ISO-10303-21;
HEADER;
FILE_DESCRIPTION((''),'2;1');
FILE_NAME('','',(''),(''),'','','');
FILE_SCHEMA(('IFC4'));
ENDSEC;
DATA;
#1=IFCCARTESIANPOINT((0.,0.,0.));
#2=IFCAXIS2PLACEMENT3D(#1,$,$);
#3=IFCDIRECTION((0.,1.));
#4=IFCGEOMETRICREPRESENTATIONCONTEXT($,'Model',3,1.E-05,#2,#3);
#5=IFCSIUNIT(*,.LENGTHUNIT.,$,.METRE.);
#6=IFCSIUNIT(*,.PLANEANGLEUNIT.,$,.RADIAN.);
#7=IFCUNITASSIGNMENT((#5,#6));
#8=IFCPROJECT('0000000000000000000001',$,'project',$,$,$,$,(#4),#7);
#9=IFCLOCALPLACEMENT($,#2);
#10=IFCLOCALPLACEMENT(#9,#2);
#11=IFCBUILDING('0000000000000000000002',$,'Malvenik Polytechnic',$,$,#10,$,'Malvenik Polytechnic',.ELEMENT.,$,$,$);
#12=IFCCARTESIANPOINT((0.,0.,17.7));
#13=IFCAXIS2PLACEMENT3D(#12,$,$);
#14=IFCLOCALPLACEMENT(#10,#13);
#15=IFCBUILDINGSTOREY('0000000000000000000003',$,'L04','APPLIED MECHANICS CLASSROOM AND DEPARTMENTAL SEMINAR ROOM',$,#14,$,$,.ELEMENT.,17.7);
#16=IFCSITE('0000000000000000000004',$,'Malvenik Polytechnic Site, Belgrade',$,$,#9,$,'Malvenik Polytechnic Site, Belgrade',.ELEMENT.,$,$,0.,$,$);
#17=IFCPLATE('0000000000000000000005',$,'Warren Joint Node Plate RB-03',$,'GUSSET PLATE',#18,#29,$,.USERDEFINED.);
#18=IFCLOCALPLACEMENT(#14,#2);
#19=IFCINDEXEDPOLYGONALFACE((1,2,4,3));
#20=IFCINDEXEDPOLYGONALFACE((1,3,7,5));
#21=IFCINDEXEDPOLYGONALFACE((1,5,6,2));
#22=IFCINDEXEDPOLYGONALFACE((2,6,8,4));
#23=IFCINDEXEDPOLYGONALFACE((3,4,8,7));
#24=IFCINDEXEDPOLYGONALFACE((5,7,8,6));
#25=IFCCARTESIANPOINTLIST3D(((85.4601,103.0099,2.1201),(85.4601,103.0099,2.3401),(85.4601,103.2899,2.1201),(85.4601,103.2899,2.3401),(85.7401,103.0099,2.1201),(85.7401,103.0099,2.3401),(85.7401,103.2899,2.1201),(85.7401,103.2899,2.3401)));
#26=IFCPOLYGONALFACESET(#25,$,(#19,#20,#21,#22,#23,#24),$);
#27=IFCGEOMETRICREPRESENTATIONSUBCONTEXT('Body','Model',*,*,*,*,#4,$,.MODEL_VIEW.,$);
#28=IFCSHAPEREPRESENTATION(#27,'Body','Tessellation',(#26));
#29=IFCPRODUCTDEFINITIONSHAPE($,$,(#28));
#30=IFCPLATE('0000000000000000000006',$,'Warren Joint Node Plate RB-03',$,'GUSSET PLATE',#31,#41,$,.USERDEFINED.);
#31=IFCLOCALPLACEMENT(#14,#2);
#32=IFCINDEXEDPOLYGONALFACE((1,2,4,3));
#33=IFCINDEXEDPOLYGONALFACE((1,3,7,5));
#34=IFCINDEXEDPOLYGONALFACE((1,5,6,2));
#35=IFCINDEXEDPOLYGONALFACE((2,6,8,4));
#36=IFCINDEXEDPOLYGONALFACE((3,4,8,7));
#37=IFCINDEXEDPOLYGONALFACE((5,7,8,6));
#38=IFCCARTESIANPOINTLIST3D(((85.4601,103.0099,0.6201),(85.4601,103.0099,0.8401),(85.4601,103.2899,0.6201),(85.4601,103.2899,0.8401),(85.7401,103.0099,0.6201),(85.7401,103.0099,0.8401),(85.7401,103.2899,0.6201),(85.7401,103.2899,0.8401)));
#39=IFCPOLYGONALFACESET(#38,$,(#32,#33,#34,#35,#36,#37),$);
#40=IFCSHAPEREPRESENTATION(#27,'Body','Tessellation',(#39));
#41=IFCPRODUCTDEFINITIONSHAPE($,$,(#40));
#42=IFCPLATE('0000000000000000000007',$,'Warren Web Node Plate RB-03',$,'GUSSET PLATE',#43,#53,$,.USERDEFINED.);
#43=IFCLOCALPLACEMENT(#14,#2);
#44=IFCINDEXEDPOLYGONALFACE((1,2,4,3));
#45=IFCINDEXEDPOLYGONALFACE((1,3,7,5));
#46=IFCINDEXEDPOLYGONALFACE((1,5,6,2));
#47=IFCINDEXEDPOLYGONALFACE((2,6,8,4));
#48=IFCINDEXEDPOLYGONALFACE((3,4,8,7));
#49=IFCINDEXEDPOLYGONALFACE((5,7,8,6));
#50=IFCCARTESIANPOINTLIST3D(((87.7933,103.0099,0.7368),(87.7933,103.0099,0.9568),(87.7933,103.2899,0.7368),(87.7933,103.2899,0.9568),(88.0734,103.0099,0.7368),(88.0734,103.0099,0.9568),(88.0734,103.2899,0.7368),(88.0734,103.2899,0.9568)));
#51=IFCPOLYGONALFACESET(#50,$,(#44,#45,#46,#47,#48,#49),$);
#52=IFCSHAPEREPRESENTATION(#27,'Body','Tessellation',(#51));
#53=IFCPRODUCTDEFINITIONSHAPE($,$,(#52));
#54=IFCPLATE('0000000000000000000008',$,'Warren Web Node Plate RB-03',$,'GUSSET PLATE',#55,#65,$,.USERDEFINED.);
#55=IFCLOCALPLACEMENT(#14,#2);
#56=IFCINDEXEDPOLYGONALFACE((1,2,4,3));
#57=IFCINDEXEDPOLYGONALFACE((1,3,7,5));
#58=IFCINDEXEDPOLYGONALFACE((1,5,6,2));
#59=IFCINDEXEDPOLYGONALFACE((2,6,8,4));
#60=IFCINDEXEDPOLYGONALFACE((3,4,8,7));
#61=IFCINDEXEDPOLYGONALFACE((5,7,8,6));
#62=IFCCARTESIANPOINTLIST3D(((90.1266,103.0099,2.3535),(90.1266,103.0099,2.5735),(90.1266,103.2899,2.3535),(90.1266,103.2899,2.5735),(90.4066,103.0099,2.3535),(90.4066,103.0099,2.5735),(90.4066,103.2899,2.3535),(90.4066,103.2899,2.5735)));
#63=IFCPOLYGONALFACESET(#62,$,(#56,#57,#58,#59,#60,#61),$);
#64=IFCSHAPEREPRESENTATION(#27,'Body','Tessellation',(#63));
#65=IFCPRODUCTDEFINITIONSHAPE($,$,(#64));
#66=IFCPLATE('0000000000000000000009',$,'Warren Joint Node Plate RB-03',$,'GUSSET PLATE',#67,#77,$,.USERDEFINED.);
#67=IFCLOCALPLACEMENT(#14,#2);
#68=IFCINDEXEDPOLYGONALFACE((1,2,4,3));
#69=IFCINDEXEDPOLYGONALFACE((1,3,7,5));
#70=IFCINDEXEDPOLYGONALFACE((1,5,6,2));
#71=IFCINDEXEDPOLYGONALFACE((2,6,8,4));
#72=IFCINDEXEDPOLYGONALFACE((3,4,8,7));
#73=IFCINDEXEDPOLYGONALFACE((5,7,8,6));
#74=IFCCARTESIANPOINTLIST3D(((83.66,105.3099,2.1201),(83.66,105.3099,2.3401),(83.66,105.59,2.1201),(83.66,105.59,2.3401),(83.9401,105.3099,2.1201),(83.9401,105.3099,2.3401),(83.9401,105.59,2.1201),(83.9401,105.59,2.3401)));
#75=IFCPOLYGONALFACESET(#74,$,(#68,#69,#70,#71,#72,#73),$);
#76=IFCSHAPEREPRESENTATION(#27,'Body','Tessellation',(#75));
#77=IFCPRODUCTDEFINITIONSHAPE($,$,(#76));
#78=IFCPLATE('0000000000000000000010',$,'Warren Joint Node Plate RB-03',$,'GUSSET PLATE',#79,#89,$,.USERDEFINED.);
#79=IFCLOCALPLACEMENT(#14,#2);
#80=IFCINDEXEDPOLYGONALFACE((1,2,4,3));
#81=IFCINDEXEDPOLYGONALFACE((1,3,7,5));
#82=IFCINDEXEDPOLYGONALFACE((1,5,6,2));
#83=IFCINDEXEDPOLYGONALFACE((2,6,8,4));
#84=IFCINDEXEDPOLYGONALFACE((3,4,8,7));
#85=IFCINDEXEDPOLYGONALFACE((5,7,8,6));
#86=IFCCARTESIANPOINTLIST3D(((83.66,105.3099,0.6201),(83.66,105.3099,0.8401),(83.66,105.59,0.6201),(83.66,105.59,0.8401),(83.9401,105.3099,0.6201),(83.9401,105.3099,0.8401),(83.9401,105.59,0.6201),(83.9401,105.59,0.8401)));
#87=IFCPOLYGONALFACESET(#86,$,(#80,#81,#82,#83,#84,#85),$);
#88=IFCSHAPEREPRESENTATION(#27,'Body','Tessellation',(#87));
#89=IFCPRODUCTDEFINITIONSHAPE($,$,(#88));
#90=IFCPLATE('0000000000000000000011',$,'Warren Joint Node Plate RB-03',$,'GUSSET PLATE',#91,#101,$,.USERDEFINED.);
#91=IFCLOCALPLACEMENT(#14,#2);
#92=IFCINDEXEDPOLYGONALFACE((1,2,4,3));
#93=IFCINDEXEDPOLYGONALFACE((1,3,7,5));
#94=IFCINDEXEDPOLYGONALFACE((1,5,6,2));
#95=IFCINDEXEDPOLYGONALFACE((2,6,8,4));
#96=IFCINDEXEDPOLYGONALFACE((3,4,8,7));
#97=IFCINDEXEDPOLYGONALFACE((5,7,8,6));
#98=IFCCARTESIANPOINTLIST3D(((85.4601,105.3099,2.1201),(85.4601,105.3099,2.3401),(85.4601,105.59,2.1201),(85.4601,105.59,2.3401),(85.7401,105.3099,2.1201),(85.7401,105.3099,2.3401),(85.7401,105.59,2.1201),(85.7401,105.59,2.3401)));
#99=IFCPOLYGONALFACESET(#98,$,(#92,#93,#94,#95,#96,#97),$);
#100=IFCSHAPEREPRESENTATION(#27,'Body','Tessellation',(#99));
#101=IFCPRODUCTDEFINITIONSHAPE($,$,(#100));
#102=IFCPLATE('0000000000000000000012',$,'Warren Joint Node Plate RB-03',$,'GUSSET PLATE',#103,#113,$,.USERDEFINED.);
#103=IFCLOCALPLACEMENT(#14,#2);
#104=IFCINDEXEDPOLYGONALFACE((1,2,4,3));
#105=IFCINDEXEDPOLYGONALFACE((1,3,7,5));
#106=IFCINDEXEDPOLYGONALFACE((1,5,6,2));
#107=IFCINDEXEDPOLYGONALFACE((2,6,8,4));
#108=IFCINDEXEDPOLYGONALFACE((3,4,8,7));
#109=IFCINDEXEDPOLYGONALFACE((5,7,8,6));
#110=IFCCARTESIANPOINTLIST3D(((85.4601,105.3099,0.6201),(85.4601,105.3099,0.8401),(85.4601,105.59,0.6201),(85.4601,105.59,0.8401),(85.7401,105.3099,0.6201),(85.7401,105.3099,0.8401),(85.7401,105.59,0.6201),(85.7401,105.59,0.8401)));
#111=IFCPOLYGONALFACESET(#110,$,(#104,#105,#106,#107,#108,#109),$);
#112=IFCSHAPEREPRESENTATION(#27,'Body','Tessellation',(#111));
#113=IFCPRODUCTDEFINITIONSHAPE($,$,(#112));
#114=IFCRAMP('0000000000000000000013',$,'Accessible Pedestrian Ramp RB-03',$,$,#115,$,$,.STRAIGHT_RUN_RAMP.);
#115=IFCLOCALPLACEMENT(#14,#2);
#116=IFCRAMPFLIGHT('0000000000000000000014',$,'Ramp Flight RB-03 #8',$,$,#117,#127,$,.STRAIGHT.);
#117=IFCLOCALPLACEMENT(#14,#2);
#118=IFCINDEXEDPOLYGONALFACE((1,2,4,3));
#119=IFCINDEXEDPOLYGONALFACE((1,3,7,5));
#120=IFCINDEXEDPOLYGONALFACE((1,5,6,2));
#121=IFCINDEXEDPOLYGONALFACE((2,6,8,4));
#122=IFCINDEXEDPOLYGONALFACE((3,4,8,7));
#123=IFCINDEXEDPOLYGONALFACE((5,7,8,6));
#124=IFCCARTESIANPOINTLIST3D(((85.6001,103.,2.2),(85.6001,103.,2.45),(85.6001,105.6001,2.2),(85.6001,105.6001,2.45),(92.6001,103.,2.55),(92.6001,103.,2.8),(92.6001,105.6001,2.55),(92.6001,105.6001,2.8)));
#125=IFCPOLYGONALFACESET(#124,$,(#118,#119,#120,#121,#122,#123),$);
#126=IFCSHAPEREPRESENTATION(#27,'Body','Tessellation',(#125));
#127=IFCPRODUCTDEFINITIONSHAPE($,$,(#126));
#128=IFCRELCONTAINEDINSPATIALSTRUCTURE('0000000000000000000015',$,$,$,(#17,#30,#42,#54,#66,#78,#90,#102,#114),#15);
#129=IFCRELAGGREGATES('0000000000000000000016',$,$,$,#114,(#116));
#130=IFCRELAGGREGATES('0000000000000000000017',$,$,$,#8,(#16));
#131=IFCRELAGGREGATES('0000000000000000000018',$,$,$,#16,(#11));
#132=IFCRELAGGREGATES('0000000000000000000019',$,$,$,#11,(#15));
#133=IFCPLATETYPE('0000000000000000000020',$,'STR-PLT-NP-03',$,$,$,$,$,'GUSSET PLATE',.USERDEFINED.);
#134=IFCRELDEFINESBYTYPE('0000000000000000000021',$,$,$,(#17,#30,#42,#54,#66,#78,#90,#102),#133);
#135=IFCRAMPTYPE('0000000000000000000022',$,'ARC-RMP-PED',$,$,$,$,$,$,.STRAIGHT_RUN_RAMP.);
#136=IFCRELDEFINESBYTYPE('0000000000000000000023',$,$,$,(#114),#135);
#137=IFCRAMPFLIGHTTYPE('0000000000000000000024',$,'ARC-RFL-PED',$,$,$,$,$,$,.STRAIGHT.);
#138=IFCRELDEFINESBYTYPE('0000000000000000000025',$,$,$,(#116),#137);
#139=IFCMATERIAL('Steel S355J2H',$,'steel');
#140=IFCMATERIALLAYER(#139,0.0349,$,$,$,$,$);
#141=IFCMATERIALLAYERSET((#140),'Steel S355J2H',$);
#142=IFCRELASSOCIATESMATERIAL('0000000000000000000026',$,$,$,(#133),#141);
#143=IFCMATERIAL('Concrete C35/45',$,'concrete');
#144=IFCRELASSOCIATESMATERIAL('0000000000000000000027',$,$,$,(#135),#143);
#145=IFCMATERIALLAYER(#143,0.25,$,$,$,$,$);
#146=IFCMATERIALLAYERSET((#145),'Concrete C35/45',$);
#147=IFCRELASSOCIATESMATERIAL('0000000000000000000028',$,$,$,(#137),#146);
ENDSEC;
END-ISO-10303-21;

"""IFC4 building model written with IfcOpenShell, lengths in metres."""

from ifc_helpers import new_model, si_unit, direction, frame, origin, origin_2d, place, context, subcontext, project, spatial, polyline, rectangle, outline, extrude, material, layer, layer_set, type_object, element, aggregate, save


model = new_model("IFC4")

# Units and contexts
model_context = context("Model", 3, precision=1e-05, world=origin(), true_north=direction((0.0, 1.0)))
body_context = subcontext(model_context, "Body", "Model", "MODEL_VIEW")
ifc_project = project(units=[si_unit("LENGTHUNIT", "METRE"), si_unit("PLANEANGLEUNIT", "RADIAN")], contexts=[model_context])

# Site, building, storey
site_placement = place(None, origin())
site = spatial("IfcSite", under=ifc_project, at=site_placement, Name="Malvenik Polytechnic Site, Belgrade", LongName="Malvenik Polytechnic Site, Belgrade", CompositionType="ELEMENT", RefElevation=0.0)
building_placement = place(site_placement, origin())
building = spatial("IfcBuilding", under=site, at=building_placement, Name="Malvenik Polytechnic", LongName="Malvenik Polytechnic", CompositionType="ELEMENT")
storey_placement = place(building_placement, frame((0.0, 0.0, 17.7)))
storey = spatial("IfcBuildingStorey", under=building, at=storey_placement, Name="L04", Description="APPLIED MECHANICS CLASSROOM AND DEPARTMENTAL SEMINAR ROOM", CompositionType="ELEMENT", Elevation=17.7)

# Shared definitions
ifc_material_1 = material(Name="Steel S355J2H", Category="steel")

# Plates
ifc_layer_1 = layer(ifc_material_1, 0.0349)
ifc_layer_set_1 = layer_set([ifc_layer_1], Name="Steel S355J2H")
plate_type = type_object("IfcPlateType", Name="STR-PLT-NP-03", ElementType="GUSSET PLATE", PredefinedType="USERDEFINED", material=ifc_layer_set_1)
for number, where, z_axis, x_axis, name in (
    (1, (85.6001, 103.1499, 2.1201), (0.0, 0.0, 1.0), (1.0, 0.0, 0.0), "Warren Joint Node Plate RB-03"),
    (2, (85.6001, 103.1499, 0.6201), (0.0, 0.0, 1.0), (1.0, 0.0, 0.0), "Warren Joint Node Plate RB-03"),
    (3, (87.9333, 103.1499, 0.7368), (0.0, 0.0, 1.0), (1.0, 0.0, 0.0), "Warren Web Node Plate RB-03"),
    (4, (90.2666, 103.1499, 2.3535), (0.0, 0.0, 1.0), (1.0, 0.0, 0.0), "Warren Web Node Plate RB-03"),
    (5, (83.8, 105.45, 2.1201), (0.0, 0.0, 1.0), (1.0, 0.0, 0.0), "Warren Joint Node Plate RB-03"),
    (6, (83.8, 105.45, 0.6201), (0.0, 0.0, 1.0), (1.0, 0.0, 0.0), "Warren Joint Node Plate RB-03"),
    (7, (85.6001, 105.45, 2.1201), (0.0, 0.0, 1.0), (1.0, 0.0, 0.0), "Warren Joint Node Plate RB-03"),
    (8, (85.6001, 105.45, 0.6201), (0.0, 0.0, 1.0), (1.0, 0.0, 0.0), "Warren Joint Node Plate RB-03"),
):
    element("IfcPlate", number, at=place(storey_placement, frame(where, z_axis=z_axis, x_axis=x_axis)), inside=storey, type_object=plate_type, Name=name, ObjectType="GUSSET PLATE", PredefinedType="USERDEFINED", context=body_context, shape_type="SweptSolid", body=[
        extrude(rectangle(XDim=0.28, YDim=0.28, at=origin_2d()), origin(), (0.0, 0.0, 1.0), 0.22),
    ])

# Ramp, ramp flight
ifc_material_2 = material(Name="Concrete C35/45", Category="concrete")
ramp_type = type_object("IfcRampType", Name="ARC-RMP-PED", PredefinedType="STRAIGHT_RUN_RAMP", material=ifc_material_2)
ramp_placement = place(storey_placement, origin())
ramp = element("IfcRamp", 9, at=ramp_placement, inside=storey, type_object=ramp_type, Name="Accessible Pedestrian Ramp RB-03", PredefinedType="STRAIGHT_RUN_RAMP")
ifc_layer_2 = layer(ifc_material_2, 0.25)
ifc_layer_set_2 = layer_set([ifc_layer_2], Name="Concrete C35/45")
ramp_flight_type = type_object("IfcRampFlightType", Name="ARC-RFL-PED", PredefinedType="STRAIGHT", material=ifc_layer_set_2)
ramp_flight_placement = place(storey_placement, frame((85.6001, 104.3, 2.45), z_axis=(0.0, 0.0, 1.0), x_axis=(1.0, 0.0, 0.0)))
ramp_flight = element("IfcRampFlight", 10, at=ramp_flight_placement, type_object=ramp_flight_type, Name="Ramp Flight RB-03 #8", PredefinedType="STRAIGHT", context=body_context, shape_type="SweptSolid", body=[
    extrude(outline(polyline([(0.0, -0.25), (7.0, 0.1001), (7.0, 0.3501), (0.0, 0.0), (0.0, -0.25)])), frame((0.0, 1.3, 0.0), z_axis=(0.0, -1.0, 0.0), x_axis=(1.0, 0.0, 0.0)), (0.0, 0.0, 1.0), 2.6001),
])
aggregate(ramp, [ramp_flight])

save(model, "model.ifc")
